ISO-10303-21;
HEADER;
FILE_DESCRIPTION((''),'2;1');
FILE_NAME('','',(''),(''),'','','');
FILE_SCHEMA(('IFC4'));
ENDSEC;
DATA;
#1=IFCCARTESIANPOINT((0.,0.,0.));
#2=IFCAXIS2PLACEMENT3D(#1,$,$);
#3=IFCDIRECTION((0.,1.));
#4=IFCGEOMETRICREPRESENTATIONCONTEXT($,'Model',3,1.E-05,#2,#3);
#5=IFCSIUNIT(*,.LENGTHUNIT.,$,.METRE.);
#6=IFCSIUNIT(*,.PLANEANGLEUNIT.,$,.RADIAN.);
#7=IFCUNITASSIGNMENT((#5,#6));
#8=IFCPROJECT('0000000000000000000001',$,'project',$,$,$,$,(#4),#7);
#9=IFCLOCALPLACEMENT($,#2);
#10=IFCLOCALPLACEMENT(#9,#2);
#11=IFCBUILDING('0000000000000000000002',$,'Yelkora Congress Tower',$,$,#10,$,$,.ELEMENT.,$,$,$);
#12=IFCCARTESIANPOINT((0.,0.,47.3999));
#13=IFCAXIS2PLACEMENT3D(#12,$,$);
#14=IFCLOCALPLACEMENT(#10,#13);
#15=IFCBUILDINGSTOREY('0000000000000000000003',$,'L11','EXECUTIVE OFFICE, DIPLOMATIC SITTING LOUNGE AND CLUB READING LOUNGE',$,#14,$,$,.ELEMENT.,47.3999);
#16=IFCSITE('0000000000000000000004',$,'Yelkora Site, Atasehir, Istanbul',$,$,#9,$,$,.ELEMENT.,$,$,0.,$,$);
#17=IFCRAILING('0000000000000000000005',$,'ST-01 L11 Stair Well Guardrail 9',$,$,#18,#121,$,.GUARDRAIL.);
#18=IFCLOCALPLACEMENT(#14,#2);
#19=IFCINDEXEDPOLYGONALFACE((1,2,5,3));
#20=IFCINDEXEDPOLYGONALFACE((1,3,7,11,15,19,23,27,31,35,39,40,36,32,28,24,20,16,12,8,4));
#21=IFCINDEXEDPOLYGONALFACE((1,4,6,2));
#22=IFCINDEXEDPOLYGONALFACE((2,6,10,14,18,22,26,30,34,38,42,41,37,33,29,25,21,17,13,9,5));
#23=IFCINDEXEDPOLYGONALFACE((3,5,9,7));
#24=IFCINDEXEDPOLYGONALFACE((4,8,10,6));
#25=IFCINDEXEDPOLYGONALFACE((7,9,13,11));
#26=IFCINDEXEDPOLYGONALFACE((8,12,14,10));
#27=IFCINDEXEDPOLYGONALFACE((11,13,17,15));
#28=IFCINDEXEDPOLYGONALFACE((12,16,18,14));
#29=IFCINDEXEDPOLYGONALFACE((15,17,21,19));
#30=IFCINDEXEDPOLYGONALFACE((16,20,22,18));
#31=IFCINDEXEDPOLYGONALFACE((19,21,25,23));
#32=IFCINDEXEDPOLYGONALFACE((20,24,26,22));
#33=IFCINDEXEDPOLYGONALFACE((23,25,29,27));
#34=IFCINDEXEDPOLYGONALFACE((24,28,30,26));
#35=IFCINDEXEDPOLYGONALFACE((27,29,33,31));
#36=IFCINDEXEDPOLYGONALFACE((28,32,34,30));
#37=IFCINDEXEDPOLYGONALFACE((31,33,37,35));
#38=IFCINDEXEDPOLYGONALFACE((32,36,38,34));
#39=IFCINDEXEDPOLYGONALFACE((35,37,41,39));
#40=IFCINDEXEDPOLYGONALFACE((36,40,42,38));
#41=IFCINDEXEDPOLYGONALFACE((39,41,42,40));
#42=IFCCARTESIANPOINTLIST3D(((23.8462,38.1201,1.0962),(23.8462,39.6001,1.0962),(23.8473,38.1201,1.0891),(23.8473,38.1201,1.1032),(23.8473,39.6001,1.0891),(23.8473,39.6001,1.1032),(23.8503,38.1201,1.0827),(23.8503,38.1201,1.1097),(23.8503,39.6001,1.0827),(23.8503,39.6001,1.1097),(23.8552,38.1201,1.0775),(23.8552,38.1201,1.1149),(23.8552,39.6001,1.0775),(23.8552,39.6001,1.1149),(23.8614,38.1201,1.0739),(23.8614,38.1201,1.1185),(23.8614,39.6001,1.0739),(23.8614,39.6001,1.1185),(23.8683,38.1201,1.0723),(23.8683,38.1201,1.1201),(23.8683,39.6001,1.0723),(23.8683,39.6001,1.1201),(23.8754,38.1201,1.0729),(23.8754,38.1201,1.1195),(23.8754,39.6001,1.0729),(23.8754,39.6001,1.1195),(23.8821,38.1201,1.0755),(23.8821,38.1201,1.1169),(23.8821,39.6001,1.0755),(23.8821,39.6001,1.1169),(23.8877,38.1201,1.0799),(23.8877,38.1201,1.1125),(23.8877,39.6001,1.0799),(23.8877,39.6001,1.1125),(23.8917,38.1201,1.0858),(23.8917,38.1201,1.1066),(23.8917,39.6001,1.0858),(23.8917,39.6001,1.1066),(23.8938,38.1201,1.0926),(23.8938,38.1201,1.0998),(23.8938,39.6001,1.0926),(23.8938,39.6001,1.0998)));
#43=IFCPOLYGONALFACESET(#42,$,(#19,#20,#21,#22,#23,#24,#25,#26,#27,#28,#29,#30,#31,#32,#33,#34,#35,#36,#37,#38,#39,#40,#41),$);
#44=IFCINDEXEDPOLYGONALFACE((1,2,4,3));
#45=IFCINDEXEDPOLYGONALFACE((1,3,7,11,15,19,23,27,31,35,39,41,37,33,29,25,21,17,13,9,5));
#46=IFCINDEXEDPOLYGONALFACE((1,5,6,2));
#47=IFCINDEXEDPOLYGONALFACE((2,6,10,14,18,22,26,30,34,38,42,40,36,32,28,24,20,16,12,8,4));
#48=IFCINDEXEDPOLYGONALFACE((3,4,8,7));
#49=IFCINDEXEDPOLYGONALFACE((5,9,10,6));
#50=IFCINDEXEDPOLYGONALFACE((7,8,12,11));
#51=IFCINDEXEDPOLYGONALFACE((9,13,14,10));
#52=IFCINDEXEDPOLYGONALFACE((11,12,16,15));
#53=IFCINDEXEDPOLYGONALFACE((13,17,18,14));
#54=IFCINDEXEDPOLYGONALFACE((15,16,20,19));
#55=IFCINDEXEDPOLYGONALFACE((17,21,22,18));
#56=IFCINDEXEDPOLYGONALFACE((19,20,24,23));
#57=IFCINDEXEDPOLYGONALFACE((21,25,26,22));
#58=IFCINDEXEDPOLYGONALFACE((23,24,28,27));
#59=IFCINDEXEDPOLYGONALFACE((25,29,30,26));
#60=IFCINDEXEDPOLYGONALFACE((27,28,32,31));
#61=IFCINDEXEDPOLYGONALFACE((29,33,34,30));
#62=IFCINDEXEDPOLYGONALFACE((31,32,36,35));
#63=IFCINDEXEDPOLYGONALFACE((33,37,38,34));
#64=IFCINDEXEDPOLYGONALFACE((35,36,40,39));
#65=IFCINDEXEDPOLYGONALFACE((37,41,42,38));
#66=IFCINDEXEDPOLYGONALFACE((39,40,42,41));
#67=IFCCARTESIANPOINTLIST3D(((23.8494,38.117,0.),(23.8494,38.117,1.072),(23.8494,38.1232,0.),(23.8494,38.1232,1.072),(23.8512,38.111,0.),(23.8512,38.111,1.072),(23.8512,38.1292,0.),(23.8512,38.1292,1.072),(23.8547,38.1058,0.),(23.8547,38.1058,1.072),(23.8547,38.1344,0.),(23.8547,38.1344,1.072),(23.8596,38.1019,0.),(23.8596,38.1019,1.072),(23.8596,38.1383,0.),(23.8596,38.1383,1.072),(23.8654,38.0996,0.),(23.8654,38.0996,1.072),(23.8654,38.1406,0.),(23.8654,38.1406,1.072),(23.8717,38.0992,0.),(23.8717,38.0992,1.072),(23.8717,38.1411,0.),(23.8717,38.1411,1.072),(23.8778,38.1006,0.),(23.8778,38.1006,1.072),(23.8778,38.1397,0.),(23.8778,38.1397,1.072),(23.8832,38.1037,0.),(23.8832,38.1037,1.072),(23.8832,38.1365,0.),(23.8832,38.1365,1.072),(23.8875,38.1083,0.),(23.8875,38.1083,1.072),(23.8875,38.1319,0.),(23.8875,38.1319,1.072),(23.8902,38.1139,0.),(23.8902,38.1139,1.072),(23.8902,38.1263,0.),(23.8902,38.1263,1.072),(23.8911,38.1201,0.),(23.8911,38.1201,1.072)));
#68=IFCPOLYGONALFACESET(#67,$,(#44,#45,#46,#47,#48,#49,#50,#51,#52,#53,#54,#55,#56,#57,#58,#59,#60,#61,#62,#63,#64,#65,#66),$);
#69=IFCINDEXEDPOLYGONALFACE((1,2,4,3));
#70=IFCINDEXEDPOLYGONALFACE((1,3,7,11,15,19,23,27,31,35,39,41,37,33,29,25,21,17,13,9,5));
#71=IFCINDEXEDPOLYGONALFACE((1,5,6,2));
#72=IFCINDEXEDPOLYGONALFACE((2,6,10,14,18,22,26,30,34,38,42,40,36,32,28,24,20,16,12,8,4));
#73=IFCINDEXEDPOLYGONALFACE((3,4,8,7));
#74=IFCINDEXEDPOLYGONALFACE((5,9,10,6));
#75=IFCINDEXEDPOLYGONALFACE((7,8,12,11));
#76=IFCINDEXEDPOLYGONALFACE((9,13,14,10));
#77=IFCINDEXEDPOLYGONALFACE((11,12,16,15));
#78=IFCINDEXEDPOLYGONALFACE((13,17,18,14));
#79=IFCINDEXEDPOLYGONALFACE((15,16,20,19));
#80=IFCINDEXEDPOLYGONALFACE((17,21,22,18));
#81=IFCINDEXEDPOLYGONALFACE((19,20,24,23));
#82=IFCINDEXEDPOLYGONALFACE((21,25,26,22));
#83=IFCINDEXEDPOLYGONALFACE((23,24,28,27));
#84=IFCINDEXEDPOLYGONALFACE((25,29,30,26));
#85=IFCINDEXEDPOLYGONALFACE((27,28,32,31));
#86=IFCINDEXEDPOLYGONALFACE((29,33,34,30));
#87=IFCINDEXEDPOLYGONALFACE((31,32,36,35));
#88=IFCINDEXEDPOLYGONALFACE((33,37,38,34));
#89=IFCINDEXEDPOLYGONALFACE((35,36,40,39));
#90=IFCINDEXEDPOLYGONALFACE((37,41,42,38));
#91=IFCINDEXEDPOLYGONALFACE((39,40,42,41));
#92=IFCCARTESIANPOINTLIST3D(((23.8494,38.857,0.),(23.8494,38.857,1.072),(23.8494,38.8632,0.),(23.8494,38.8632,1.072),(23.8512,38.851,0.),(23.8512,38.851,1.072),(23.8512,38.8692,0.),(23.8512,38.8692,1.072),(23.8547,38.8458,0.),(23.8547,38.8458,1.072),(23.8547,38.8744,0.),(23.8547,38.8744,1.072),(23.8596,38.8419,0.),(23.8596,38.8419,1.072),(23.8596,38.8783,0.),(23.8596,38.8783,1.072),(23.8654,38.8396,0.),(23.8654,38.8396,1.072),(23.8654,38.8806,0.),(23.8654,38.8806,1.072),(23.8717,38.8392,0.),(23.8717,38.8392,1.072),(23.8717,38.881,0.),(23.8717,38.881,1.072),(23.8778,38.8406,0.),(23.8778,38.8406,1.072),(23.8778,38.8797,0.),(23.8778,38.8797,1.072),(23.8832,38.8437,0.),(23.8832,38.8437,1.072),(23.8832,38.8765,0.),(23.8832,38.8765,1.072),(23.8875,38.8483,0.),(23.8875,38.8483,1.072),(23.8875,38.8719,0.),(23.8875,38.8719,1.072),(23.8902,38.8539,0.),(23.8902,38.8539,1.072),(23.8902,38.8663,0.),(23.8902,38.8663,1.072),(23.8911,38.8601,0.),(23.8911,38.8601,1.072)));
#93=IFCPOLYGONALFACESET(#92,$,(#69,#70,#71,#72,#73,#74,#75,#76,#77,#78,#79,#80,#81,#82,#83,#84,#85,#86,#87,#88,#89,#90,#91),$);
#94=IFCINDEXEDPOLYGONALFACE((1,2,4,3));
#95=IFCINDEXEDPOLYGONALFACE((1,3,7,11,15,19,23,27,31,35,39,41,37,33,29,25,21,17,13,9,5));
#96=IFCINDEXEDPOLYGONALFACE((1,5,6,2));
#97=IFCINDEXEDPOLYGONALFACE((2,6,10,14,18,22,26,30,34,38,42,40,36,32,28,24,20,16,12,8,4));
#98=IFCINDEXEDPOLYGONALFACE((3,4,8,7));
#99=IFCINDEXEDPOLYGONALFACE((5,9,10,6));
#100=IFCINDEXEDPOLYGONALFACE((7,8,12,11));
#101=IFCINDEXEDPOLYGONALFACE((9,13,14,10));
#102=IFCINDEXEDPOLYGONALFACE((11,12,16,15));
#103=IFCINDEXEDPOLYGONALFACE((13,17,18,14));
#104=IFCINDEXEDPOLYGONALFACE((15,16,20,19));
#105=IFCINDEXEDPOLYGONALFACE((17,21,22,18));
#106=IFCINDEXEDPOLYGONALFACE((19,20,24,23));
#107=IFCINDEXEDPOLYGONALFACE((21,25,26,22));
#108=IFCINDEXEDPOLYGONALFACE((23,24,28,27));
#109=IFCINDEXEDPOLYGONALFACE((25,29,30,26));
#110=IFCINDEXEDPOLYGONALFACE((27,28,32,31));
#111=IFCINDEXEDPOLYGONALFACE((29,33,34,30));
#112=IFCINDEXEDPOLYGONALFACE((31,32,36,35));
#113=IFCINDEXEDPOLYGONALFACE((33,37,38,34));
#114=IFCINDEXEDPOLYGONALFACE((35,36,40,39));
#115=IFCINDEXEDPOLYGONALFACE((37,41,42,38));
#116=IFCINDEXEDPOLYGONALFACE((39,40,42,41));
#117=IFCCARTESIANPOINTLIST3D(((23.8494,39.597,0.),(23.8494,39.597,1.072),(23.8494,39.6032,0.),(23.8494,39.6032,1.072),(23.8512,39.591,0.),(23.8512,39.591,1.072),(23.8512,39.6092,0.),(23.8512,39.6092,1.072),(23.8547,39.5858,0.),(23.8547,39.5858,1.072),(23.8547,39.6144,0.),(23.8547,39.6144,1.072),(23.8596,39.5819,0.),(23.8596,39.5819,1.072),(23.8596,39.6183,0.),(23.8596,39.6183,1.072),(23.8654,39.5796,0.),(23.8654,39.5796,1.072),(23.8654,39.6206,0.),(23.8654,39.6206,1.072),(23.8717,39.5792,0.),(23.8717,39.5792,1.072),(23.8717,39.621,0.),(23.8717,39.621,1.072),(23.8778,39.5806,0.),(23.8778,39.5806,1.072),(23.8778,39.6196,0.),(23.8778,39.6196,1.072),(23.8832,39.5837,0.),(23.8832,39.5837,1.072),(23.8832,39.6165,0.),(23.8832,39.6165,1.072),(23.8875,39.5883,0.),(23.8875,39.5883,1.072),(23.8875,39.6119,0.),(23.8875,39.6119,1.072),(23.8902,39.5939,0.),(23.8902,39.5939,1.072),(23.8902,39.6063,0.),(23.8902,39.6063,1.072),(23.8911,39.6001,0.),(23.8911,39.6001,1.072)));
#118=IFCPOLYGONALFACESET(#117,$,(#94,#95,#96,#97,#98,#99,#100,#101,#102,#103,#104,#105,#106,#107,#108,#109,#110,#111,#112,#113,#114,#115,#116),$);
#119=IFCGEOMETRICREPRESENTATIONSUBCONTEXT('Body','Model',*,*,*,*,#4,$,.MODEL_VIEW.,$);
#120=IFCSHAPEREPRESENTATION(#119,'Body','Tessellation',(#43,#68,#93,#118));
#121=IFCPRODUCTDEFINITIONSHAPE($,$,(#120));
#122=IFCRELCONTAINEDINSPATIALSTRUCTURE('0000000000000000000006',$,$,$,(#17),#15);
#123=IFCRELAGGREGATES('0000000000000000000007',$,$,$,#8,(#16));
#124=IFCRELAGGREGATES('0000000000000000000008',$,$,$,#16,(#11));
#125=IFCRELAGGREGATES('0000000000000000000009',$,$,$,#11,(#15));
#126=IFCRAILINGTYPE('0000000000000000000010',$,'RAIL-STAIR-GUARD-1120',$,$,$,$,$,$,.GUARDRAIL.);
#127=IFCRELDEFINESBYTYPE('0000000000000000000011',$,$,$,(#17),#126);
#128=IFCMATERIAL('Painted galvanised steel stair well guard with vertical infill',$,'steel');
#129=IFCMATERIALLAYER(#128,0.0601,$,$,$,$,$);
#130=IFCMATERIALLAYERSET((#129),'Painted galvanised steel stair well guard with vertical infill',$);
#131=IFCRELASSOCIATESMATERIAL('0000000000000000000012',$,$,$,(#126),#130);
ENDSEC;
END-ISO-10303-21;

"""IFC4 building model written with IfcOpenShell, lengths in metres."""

from ifc_helpers import new_model, si_unit, direction, frame, origin, origin_2d, place, context, subcontext, project, spatial, circle, extrude, material, layer, layer_set, type_object, element, save


model = new_model("IFC4")

# Units and contexts
model_context = context("Model", 3, precision=1e-05, world=origin(), true_north=direction((0.0, 1.0)))
body_context = subcontext(model_context, "Body", "Model", "MODEL_VIEW")
ifc_project = project(units=[si_unit("LENGTHUNIT", "METRE"), si_unit("PLANEANGLEUNIT", "RADIAN")], contexts=[model_context])

# Site, building, storey
site_placement = place(None, origin())
site = spatial("IfcSite", under=ifc_project, at=site_placement, Name="Yelkora Site, Atasehir, Istanbul", CompositionType="ELEMENT", RefElevation=0.0)
building_placement = place(site_placement, origin())
building = spatial("IfcBuilding", under=site, at=building_placement, Name="Yelkora Congress Tower", CompositionType="ELEMENT")
storey_placement = place(building_placement, frame((0.0, 0.0, 47.3999)))
storey = spatial("IfcBuildingStorey", under=building, at=storey_placement, Name="L11", Description="EXECUTIVE OFFICE, DIPLOMATIC SITTING LOUNGE AND CLUB READING LOUNGE", CompositionType="ELEMENT", Elevation=47.3999)

# Railing
ifc_material_1 = material(Name="Painted galvanised steel stair well guard with vertical infill", Category="steel")
ifc_layer_1 = layer(ifc_material_1, 0.0601)
ifc_layer_set_1 = layer_set([ifc_layer_1], Name="Painted galvanised steel stair well guard with vertical infill")
railing_type_1 = type_object("IfcRailingType", Name="RAIL-STAIR-GUARD-1120", PredefinedType="GUARDRAIL", material=ifc_layer_set_1)
for number, where, name in (
    (1, (23.8701, 38.1201, 0.0), "ST-01 L11 Stair Well Guardrail 9"),
):
    element("IfcRailing", number, at=place(storey_placement, frame(where)), inside=storey, type_object=railing_type_1, Name=name, PredefinedType="GUARDRAIL", context=body_context, shape_type="SweptSolid", body=[
        extrude(circle(Radius=0.0239, at=origin_2d()), frame((0.0, 0.0, 1.0962), z_axis=(0.0, 1.0, 0.0), x_axis=(-1.0, 0.0, 0.0)), (0.0, 0.0, 1.0), 1.48),
        extrude(circle(Radius=0.021, at=origin_2d()), origin(), (0.0, 0.0, 1.0), 1.072),
        extrude(circle(Radius=0.021, at=origin_2d()), frame((0.0, 0.74, 0.0)), (0.0, 0.0, 1.0), 1.072),
        extrude(circle(Radius=0.021, at=origin_2d()), frame((0.0, 1.48, 0.0)), (0.0, 0.0, 1.0), 1.072),
    ])

save(model, "model.ifc")
